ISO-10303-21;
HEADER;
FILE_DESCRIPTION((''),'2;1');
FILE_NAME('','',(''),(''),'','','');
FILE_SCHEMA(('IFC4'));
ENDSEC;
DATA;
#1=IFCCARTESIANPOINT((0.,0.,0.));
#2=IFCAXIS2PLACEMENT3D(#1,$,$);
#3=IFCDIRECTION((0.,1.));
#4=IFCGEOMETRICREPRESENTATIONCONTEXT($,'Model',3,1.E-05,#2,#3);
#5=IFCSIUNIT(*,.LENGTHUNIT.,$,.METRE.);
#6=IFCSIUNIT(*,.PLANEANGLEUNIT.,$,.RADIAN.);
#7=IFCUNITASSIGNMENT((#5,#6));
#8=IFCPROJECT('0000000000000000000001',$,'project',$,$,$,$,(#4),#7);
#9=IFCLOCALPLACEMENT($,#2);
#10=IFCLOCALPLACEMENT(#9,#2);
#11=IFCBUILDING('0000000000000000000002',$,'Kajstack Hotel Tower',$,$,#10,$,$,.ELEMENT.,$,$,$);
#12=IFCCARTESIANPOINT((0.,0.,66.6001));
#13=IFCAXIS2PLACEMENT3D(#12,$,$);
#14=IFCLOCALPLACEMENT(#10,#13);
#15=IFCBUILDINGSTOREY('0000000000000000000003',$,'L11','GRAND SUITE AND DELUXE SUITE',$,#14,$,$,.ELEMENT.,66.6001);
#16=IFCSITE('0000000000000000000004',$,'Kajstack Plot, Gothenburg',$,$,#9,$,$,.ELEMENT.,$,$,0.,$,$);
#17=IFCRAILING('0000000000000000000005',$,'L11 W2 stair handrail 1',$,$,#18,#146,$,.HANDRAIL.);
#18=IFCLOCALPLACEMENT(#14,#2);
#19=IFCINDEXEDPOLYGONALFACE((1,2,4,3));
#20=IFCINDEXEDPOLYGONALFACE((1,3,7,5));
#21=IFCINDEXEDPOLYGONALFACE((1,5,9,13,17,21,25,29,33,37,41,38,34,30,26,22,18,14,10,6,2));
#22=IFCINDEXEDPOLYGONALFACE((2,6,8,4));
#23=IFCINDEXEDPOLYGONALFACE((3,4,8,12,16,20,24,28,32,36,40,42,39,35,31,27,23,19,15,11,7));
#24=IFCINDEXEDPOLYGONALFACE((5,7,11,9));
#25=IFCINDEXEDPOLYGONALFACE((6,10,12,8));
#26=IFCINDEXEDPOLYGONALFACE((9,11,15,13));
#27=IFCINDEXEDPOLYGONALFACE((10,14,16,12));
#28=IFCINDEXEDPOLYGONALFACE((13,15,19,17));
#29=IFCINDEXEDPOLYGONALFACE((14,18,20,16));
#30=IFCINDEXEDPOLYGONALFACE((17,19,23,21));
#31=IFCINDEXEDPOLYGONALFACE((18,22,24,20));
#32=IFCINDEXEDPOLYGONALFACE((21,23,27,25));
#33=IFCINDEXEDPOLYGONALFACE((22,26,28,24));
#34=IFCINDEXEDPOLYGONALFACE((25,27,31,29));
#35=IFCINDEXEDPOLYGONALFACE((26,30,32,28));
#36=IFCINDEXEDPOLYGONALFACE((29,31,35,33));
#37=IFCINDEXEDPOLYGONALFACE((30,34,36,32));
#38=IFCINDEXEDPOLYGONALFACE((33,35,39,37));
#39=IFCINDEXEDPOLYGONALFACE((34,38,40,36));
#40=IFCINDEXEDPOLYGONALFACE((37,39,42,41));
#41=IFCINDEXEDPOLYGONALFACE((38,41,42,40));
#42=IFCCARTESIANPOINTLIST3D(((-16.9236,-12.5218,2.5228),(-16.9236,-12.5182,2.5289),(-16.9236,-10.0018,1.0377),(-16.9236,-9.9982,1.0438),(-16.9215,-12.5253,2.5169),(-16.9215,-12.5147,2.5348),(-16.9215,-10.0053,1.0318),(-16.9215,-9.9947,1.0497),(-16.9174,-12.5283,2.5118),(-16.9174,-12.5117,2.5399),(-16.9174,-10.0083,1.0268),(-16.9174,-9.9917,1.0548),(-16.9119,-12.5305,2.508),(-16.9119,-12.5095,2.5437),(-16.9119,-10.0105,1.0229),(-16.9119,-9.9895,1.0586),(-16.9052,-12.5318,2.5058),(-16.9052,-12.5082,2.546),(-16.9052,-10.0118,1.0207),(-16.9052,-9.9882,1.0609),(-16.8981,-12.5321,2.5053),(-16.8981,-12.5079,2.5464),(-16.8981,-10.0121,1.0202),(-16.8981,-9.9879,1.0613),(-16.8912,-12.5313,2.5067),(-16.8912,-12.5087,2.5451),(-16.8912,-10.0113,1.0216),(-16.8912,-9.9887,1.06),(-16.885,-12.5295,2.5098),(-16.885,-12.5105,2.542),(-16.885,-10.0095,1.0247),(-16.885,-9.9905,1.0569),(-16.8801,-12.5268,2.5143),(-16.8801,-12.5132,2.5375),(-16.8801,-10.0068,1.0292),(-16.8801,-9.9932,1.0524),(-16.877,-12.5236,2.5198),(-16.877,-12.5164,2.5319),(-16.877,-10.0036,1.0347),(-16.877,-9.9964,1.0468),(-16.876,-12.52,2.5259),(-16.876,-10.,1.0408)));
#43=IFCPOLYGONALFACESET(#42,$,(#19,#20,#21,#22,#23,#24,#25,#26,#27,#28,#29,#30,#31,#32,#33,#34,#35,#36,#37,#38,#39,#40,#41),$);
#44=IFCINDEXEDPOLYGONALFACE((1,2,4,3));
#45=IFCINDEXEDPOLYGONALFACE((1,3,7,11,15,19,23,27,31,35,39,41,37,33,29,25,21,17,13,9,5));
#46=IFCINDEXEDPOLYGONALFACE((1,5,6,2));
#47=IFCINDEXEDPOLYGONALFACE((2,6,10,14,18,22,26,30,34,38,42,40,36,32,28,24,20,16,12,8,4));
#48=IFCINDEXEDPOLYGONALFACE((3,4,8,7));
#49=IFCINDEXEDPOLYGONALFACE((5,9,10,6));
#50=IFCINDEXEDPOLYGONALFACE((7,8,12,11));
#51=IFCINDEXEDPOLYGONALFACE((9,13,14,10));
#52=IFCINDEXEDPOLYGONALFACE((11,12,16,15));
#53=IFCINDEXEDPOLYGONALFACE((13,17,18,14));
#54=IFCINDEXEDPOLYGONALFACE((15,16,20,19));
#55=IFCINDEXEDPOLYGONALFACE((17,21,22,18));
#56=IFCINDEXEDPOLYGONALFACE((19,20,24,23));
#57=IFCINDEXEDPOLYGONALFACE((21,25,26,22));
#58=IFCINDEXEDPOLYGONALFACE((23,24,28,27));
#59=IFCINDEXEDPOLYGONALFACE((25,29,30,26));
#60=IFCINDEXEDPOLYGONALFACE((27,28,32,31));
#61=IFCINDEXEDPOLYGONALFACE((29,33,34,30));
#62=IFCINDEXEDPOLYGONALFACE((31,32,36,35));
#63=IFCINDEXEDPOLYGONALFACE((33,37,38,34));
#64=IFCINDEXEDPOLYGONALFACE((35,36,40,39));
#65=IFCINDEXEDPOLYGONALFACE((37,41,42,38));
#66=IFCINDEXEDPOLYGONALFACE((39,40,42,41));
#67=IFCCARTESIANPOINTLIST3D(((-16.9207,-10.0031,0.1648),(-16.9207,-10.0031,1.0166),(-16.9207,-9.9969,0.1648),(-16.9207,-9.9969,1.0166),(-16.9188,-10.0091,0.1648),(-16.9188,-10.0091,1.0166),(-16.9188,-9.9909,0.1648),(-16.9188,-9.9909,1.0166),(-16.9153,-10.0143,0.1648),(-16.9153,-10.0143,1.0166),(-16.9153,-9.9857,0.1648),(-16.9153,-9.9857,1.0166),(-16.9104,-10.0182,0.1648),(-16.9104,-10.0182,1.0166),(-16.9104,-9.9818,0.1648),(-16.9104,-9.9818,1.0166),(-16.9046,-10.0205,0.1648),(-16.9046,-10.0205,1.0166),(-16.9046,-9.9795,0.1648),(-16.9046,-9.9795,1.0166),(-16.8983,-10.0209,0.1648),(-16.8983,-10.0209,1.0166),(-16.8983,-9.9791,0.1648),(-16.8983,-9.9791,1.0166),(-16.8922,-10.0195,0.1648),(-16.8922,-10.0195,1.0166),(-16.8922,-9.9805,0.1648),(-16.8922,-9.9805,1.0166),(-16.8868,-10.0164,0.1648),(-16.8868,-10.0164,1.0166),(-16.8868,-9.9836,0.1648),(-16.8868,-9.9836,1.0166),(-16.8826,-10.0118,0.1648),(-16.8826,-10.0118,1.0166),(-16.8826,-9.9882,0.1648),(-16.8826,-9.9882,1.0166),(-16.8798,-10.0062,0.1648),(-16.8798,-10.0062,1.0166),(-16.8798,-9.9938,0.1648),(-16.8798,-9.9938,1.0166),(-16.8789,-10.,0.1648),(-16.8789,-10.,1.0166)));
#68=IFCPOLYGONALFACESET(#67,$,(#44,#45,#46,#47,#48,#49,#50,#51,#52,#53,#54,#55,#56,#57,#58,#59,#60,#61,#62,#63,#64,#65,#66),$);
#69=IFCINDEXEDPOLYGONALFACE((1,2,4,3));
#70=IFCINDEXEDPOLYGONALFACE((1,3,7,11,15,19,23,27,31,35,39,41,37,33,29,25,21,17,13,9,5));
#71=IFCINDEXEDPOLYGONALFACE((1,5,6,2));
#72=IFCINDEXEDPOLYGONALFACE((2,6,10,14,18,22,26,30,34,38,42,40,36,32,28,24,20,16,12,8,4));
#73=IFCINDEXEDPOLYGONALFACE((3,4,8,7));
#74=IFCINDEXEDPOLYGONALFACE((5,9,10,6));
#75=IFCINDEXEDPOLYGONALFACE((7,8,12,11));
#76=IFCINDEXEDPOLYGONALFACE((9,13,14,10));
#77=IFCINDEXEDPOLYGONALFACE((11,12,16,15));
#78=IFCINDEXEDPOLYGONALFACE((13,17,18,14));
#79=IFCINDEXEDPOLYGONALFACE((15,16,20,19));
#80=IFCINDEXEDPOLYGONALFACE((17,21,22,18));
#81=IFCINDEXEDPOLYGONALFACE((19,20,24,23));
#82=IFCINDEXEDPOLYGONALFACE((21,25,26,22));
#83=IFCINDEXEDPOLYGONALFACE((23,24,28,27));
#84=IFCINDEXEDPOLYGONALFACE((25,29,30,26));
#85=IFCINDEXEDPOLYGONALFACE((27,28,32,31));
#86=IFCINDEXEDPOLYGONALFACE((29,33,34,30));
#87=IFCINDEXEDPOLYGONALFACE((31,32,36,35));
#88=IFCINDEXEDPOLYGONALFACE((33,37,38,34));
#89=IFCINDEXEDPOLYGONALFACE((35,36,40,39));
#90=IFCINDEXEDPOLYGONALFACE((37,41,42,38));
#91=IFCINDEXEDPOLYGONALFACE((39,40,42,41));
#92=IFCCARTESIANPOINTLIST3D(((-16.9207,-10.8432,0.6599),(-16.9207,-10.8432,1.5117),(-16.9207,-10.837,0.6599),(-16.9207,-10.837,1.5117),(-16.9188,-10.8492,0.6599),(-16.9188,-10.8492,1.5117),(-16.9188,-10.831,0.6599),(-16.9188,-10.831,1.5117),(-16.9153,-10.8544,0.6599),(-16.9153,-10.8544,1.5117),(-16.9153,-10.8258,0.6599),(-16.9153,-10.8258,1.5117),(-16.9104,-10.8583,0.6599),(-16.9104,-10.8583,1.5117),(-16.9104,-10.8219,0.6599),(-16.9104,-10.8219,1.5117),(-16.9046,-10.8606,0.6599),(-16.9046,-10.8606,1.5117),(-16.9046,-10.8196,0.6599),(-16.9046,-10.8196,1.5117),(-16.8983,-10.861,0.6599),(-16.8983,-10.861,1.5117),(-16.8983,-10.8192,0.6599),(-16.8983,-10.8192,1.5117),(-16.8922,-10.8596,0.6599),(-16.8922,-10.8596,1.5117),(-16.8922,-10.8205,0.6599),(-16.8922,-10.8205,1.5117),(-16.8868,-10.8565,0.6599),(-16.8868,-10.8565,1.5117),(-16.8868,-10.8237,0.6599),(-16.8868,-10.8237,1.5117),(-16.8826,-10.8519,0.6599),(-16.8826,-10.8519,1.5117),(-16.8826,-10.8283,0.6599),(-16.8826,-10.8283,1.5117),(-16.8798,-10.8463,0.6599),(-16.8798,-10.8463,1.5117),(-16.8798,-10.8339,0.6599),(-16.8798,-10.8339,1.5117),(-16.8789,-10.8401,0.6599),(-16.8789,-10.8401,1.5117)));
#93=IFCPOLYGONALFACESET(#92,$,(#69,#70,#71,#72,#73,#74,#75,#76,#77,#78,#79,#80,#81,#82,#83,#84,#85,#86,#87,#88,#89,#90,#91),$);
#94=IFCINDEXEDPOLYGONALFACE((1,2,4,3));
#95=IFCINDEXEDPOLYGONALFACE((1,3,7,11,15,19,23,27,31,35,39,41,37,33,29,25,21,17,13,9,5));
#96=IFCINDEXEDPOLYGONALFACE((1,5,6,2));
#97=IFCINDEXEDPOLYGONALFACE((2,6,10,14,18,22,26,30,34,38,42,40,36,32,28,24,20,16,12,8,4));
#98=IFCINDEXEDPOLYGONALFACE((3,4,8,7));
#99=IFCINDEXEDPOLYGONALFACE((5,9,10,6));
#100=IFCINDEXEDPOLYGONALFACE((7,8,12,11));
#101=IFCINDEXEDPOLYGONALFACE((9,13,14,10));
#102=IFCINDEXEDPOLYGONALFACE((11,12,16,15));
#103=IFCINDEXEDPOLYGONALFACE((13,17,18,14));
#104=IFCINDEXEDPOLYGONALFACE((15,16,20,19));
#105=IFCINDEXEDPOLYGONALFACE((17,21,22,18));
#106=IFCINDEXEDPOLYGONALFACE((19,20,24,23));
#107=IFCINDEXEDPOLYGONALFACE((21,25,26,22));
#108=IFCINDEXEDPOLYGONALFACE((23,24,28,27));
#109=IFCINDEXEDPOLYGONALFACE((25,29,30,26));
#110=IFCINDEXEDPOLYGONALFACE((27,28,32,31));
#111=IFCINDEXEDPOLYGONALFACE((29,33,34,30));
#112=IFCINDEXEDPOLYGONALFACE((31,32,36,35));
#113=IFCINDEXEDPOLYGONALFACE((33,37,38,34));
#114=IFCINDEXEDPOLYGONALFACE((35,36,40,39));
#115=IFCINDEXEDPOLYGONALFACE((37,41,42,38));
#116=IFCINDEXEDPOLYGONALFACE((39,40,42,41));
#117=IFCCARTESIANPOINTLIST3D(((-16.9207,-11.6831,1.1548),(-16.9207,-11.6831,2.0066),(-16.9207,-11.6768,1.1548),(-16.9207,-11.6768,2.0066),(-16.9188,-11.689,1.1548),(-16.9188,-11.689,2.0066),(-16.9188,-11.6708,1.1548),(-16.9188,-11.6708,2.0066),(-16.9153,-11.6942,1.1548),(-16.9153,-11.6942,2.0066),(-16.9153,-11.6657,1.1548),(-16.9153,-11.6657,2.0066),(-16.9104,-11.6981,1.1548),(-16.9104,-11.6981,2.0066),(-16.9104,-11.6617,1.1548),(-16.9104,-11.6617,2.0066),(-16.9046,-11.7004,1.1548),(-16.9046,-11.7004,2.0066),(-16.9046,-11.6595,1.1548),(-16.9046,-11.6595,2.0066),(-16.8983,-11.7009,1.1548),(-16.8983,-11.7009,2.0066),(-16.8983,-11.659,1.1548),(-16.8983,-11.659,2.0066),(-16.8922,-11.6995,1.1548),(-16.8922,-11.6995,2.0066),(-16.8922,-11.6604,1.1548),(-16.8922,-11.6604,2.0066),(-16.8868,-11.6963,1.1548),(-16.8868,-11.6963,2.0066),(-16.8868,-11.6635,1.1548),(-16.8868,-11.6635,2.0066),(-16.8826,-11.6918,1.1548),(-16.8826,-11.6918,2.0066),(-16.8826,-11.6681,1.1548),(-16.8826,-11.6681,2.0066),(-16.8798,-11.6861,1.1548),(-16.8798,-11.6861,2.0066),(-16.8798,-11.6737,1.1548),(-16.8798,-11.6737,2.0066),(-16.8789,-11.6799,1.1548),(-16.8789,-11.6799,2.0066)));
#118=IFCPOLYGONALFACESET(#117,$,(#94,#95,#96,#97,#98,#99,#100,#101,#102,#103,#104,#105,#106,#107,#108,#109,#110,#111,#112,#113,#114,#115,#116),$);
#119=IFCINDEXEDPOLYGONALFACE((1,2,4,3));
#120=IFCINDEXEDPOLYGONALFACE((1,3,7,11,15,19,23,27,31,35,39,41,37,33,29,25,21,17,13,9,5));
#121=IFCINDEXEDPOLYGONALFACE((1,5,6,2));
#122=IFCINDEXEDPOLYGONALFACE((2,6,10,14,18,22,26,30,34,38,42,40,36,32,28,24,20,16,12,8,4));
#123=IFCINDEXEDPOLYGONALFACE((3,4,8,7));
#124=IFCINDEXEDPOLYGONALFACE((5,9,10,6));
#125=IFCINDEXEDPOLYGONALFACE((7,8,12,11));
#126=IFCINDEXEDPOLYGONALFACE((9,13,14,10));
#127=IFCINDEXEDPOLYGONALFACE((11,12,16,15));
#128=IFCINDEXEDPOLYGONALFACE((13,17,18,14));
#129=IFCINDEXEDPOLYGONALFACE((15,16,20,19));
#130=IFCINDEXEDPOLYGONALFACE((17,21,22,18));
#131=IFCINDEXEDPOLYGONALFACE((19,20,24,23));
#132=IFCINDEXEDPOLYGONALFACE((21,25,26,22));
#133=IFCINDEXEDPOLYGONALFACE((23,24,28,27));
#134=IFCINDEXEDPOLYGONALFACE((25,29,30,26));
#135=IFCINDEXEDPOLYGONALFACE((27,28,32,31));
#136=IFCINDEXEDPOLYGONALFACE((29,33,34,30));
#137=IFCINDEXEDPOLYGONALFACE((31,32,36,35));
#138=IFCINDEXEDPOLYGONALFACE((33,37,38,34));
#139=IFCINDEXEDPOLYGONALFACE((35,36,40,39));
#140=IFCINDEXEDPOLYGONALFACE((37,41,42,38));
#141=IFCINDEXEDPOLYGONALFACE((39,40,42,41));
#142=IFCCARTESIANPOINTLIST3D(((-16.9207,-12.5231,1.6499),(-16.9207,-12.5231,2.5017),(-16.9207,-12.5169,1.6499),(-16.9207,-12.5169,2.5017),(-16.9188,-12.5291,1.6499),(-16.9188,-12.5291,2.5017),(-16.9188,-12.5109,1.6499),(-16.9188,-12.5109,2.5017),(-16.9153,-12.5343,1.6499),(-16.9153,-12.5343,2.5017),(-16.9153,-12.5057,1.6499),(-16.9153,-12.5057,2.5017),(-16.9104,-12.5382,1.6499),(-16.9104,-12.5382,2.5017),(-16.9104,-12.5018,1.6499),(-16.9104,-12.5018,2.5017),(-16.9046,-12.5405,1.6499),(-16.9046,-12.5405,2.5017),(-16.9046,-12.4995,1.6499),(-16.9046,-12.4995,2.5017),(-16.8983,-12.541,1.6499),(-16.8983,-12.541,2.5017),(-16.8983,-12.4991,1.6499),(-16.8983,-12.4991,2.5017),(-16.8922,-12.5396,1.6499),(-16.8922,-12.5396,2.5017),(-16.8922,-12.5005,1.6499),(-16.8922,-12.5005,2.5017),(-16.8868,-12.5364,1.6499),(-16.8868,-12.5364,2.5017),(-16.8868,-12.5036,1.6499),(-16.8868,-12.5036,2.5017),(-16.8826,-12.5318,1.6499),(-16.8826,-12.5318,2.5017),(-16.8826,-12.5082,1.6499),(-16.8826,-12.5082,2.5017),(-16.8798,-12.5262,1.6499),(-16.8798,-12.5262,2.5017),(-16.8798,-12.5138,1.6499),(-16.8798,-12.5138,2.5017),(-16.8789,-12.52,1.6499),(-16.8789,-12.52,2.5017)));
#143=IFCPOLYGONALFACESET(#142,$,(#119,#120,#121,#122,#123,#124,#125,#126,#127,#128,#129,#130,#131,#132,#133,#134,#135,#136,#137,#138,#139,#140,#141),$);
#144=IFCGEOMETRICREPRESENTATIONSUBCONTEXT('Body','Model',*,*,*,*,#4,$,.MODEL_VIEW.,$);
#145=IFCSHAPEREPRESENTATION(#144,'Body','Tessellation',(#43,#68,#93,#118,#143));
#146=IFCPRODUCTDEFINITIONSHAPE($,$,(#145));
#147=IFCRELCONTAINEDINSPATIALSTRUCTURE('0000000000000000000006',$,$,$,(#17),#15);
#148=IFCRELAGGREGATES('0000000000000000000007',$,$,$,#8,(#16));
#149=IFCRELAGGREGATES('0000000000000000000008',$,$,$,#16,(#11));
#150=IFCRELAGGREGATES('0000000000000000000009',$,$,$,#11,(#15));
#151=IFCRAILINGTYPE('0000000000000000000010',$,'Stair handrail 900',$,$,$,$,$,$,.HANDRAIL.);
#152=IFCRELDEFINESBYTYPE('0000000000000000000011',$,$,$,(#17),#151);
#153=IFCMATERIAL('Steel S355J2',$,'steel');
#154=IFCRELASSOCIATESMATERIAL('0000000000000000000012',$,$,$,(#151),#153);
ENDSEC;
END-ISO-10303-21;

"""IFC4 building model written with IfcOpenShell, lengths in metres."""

from ifc_helpers import new_model, si_unit, direction, frame, origin, origin_2d, place, context, subcontext, project, spatial, circle, extrude, material, type_object, element, save


model = new_model("IFC4")

# Units and contexts
model_context = context("Model", 3, precision=1e-05, world=origin(), true_north=direction((0.0, 1.0)))
body_context = subcontext(model_context, "Body", "Model", "MODEL_VIEW")
ifc_project = project(units=[si_unit("LENGTHUNIT", "METRE"), si_unit("PLANEANGLEUNIT", "RADIAN")], contexts=[model_context])

# Site, building, storey
site_placement = place(None, origin())
site = spatial("IfcSite", under=ifc_project, at=site_placement, Name="Kajstack Plot, Gothenburg", CompositionType="ELEMENT", RefElevation=0.0)
building_placement = place(site_placement, origin())
building = spatial("IfcBuilding", under=site, at=building_placement, Name="Kajstack Hotel Tower", CompositionType="ELEMENT")
storey_placement = place(building_placement, frame((0.0, 0.0, 66.6001)))
storey = spatial("IfcBuildingStorey", under=building, at=storey_placement, Name="L11", Description="GRAND SUITE AND DELUXE SUITE", CompositionType="ELEMENT", Elevation=66.6001)

# Railing
ifc_material_1 = material(Name="Steel S355J2", Category="steel")
railing_type_1 = type_object("IfcRailingType", Name="Stair handrail 900", PredefinedType="HANDRAIL", material=ifc_material_1)
railing_1_placement = place(storey_placement, frame((-16.8999, -10.0, 0.1648)))
element("IfcRailing", 1, at=railing_1_placement, inside=storey, type_object=railing_type_1, Name="L11 W2 stair handrail 1", PredefinedType="HANDRAIL", context=body_context, shape_type="SweptSolid", body=[
    extrude(circle(Radius=0.0239, at=origin_2d()), frame((0.0, 0.0, 0.876), z_axis=(0.0, -0.861524, 0.507717), x_axis=(1.0, 0.0, 0.0)), (0.0, 0.0, 1.0), 2.925),
    extrude(circle(Radius=0.021, at=origin_2d()), origin(), (0.0, 0.0, 1.0), 0.8518),
    extrude(circle(Radius=0.021, at=origin_2d()), frame((0.0, -0.8401, 0.4951)), (0.0, 0.0, 1.0), 0.8518),
    extrude(circle(Radius=0.021, at=origin_2d()), frame((0.0, -1.6799, 0.99)), (0.0, 0.0, 1.0), 0.8518),
    extrude(circle(Radius=0.021, at=origin_2d()), frame((0.0, -2.52, 1.4851)), (0.0, 0.0, 1.0), 0.8518),
])

save(model, "model.ifc")
